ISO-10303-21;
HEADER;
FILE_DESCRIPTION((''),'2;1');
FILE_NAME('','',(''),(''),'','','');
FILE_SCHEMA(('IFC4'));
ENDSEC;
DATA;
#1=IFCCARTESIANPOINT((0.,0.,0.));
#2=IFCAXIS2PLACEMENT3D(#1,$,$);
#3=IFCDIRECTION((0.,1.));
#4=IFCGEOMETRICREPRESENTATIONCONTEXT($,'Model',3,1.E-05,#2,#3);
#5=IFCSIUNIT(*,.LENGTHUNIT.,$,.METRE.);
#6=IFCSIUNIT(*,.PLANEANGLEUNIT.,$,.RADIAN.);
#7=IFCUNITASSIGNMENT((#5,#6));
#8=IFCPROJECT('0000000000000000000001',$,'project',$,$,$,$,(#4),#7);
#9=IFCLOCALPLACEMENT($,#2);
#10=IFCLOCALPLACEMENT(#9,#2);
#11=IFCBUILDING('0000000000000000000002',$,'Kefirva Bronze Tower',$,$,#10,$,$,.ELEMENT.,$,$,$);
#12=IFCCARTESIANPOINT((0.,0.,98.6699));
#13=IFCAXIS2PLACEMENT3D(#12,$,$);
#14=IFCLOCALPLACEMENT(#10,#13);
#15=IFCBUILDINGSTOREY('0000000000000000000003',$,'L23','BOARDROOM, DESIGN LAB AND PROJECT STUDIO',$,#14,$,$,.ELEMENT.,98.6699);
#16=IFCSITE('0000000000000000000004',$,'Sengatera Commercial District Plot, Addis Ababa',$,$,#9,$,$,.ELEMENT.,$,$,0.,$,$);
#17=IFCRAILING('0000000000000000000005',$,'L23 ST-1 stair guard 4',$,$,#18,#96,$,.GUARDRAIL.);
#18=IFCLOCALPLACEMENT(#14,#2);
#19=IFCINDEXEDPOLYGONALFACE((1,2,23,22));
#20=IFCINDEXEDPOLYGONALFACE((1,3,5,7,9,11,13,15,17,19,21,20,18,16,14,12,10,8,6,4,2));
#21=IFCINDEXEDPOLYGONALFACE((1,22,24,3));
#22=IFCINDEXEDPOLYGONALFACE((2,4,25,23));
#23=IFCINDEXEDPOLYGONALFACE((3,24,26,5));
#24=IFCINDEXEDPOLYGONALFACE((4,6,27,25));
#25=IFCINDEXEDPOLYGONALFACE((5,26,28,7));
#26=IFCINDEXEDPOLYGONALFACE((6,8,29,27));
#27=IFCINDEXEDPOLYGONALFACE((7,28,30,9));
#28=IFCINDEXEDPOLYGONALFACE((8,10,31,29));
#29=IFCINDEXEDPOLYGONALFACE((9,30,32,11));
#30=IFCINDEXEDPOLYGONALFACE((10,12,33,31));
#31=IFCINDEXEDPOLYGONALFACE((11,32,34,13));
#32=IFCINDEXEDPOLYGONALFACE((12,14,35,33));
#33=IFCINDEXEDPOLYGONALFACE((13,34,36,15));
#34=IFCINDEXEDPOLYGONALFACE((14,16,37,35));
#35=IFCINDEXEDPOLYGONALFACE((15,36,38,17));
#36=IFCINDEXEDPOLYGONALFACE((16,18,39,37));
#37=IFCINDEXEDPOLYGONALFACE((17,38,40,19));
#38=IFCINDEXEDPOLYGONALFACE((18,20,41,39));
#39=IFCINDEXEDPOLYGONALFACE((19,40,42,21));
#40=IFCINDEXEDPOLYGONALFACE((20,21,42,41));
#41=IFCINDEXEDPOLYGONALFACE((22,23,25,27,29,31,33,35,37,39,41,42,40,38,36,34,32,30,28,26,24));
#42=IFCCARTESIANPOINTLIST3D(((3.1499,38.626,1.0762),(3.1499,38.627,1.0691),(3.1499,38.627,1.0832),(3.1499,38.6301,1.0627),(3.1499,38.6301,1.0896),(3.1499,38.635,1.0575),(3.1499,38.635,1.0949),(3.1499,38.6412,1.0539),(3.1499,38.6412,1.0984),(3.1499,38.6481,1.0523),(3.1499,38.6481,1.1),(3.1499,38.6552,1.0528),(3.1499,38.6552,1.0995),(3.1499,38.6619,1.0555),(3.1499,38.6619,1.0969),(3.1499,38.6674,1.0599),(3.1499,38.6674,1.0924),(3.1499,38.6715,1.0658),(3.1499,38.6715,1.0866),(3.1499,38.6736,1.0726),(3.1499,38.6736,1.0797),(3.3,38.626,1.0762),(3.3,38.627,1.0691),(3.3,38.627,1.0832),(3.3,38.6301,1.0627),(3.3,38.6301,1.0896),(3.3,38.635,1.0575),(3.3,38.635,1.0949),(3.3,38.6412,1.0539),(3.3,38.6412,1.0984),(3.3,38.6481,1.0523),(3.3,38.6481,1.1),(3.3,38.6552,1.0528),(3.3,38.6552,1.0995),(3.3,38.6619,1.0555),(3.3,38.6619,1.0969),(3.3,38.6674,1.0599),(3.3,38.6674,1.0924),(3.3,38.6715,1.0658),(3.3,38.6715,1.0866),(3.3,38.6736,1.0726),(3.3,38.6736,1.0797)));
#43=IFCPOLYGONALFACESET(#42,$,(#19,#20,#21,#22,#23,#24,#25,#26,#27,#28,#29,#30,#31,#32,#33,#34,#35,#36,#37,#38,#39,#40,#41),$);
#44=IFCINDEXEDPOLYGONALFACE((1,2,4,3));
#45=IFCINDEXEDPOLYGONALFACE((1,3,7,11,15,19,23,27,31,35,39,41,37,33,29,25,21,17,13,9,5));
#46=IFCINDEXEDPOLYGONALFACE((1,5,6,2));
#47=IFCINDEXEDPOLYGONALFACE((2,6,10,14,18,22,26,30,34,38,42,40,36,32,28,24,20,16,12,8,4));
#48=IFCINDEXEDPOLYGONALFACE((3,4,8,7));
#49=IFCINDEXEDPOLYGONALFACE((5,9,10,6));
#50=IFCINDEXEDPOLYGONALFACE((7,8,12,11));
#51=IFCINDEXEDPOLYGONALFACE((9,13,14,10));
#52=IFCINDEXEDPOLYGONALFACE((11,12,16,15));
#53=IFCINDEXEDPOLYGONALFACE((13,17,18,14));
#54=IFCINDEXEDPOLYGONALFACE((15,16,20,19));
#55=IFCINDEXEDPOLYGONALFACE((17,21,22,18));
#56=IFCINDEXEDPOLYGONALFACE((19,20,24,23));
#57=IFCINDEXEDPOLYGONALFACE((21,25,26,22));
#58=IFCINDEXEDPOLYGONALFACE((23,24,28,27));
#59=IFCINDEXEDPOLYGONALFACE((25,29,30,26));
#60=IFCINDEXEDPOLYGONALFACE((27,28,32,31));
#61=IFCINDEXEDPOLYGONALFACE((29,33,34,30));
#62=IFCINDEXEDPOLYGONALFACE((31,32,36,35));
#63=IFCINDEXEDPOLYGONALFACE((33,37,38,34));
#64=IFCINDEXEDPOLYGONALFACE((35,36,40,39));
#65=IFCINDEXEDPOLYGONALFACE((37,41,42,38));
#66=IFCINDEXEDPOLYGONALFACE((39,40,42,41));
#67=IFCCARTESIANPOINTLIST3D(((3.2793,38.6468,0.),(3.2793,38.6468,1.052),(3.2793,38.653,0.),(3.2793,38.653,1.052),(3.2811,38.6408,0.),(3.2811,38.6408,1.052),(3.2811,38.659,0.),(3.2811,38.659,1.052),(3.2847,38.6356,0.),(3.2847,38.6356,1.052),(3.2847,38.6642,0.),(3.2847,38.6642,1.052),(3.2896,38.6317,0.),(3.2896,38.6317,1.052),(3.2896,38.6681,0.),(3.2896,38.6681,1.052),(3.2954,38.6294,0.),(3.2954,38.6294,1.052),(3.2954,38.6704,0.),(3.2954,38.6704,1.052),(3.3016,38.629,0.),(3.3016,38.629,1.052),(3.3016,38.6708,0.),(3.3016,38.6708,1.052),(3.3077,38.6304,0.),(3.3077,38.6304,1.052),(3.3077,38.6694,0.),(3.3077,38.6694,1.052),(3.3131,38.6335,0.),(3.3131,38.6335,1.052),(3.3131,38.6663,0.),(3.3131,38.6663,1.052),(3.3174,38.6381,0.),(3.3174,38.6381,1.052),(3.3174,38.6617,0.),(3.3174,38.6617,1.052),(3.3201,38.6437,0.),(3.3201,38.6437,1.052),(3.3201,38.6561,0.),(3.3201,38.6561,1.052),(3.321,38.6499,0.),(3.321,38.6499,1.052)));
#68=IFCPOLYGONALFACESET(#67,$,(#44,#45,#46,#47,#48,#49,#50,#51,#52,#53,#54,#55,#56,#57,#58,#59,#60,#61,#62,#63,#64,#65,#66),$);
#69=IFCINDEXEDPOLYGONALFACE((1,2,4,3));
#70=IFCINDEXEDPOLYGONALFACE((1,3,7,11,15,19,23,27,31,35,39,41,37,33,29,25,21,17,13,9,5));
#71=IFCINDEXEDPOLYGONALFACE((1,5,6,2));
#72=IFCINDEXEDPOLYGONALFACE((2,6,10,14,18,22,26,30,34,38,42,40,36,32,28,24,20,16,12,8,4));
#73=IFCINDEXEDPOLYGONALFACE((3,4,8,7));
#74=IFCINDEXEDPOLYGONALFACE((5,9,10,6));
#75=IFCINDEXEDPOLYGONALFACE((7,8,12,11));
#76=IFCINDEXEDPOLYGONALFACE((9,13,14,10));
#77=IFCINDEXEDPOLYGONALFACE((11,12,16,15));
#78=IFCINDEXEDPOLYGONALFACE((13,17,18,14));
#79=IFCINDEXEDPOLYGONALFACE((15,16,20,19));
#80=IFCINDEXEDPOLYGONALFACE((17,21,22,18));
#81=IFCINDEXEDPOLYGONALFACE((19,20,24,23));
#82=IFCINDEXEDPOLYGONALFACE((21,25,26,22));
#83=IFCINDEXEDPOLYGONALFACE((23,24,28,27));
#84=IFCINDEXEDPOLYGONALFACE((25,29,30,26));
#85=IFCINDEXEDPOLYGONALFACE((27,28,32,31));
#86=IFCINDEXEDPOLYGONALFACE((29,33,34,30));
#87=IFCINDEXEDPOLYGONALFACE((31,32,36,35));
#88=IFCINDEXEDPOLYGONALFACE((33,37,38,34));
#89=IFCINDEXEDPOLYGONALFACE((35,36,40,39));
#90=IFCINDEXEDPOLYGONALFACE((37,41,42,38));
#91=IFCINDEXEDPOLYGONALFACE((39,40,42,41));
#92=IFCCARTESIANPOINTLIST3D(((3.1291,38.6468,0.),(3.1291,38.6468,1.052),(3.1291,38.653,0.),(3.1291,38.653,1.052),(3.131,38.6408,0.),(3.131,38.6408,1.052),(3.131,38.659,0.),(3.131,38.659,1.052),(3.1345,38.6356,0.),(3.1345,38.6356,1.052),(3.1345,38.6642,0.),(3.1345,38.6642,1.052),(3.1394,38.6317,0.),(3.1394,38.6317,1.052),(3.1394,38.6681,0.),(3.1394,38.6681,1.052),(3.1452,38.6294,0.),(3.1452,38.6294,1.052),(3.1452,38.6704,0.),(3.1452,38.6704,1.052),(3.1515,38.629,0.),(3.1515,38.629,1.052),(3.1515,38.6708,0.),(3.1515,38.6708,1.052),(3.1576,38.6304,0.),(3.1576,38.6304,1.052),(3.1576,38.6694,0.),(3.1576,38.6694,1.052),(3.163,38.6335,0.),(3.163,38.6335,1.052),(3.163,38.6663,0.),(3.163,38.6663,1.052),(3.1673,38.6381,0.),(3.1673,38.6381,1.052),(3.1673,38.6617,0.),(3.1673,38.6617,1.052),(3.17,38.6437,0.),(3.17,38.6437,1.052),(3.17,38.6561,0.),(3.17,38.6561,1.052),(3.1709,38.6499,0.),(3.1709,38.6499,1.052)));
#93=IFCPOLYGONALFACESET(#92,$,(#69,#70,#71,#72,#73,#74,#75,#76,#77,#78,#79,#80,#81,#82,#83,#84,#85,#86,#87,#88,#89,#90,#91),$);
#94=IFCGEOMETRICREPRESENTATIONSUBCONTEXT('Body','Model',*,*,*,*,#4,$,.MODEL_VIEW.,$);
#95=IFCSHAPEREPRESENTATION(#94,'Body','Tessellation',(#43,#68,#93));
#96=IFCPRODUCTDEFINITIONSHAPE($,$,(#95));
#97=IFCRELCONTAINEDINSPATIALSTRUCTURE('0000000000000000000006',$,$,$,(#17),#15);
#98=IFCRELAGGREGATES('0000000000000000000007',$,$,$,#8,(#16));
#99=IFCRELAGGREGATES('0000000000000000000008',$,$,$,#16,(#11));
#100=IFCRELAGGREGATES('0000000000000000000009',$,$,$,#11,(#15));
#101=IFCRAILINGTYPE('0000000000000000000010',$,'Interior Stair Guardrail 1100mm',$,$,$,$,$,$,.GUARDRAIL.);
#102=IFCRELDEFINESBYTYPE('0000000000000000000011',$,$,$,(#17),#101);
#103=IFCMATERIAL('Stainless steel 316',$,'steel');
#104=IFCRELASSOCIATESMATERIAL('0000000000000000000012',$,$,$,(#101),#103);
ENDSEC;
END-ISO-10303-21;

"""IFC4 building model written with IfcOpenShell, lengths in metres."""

from ifc_helpers import new_model, si_unit, direction, frame, origin, origin_2d, place, context, subcontext, project, spatial, circle, extrude, material, type_object, element, save


model = new_model("IFC4")

# Units and contexts
model_context = context("Model", 3, precision=1e-05, world=origin(), true_north=direction((0.0, 1.0)))
body_context = subcontext(model_context, "Body", "Model", "MODEL_VIEW")
ifc_project = project(units=[si_unit("LENGTHUNIT", "METRE"), si_unit("PLANEANGLEUNIT", "RADIAN")], contexts=[model_context])

# Site, building, storey
site_placement = place(None, origin())
site = spatial("IfcSite", under=ifc_project, at=site_placement, Name="Sengatera Commercial District Plot, Addis Ababa", CompositionType="ELEMENT", RefElevation=0.0)
building_placement = place(site_placement, origin())
building = spatial("IfcBuilding", under=site, at=building_placement, Name="Kefirva Bronze Tower", CompositionType="ELEMENT")
storey_placement = place(building_placement, frame((0.0, 0.0, 98.6699)))
storey = spatial("IfcBuildingStorey", under=building, at=storey_placement, Name="L23", Description="BOARDROOM, DESIGN LAB AND PROJECT STUDIO", CompositionType="ELEMENT", Elevation=98.6699)

# Railing
ifc_material_1 = material(Name="Stainless steel 316", Category="steel")
railing_type_1 = type_object("IfcRailingType", Name="Interior Stair Guardrail 1100mm", PredefinedType="GUARDRAIL", material=ifc_material_1)
railing_1_placement = place(storey_placement, frame((3.3, 38.6499, 0.0)))
element("IfcRailing", 1, at=railing_1_placement, inside=storey, type_object=railing_type_1, Name="L23 ST-1 stair guard 4", PredefinedType="GUARDRAIL", context=body_context, shape_type="SweptSolid", body=[
    extrude(circle(Radius=0.0239, at=origin_2d()), frame((0.0, 0.0, 1.0762), z_axis=(-1.0, 0.0, 0.0), x_axis=(0.0, -1.0, 0.0)), (0.0, 0.0, 1.0), 0.1501),
    extrude(circle(Radius=0.021, at=origin_2d()), origin(), (0.0, 0.0, 1.0), 1.052),
    extrude(circle(Radius=0.021, at=origin_2d()), frame((-0.1501, 0.0, 0.0)), (0.0, 0.0, 1.0), 1.052),
])

save(model, "model.ifc")
